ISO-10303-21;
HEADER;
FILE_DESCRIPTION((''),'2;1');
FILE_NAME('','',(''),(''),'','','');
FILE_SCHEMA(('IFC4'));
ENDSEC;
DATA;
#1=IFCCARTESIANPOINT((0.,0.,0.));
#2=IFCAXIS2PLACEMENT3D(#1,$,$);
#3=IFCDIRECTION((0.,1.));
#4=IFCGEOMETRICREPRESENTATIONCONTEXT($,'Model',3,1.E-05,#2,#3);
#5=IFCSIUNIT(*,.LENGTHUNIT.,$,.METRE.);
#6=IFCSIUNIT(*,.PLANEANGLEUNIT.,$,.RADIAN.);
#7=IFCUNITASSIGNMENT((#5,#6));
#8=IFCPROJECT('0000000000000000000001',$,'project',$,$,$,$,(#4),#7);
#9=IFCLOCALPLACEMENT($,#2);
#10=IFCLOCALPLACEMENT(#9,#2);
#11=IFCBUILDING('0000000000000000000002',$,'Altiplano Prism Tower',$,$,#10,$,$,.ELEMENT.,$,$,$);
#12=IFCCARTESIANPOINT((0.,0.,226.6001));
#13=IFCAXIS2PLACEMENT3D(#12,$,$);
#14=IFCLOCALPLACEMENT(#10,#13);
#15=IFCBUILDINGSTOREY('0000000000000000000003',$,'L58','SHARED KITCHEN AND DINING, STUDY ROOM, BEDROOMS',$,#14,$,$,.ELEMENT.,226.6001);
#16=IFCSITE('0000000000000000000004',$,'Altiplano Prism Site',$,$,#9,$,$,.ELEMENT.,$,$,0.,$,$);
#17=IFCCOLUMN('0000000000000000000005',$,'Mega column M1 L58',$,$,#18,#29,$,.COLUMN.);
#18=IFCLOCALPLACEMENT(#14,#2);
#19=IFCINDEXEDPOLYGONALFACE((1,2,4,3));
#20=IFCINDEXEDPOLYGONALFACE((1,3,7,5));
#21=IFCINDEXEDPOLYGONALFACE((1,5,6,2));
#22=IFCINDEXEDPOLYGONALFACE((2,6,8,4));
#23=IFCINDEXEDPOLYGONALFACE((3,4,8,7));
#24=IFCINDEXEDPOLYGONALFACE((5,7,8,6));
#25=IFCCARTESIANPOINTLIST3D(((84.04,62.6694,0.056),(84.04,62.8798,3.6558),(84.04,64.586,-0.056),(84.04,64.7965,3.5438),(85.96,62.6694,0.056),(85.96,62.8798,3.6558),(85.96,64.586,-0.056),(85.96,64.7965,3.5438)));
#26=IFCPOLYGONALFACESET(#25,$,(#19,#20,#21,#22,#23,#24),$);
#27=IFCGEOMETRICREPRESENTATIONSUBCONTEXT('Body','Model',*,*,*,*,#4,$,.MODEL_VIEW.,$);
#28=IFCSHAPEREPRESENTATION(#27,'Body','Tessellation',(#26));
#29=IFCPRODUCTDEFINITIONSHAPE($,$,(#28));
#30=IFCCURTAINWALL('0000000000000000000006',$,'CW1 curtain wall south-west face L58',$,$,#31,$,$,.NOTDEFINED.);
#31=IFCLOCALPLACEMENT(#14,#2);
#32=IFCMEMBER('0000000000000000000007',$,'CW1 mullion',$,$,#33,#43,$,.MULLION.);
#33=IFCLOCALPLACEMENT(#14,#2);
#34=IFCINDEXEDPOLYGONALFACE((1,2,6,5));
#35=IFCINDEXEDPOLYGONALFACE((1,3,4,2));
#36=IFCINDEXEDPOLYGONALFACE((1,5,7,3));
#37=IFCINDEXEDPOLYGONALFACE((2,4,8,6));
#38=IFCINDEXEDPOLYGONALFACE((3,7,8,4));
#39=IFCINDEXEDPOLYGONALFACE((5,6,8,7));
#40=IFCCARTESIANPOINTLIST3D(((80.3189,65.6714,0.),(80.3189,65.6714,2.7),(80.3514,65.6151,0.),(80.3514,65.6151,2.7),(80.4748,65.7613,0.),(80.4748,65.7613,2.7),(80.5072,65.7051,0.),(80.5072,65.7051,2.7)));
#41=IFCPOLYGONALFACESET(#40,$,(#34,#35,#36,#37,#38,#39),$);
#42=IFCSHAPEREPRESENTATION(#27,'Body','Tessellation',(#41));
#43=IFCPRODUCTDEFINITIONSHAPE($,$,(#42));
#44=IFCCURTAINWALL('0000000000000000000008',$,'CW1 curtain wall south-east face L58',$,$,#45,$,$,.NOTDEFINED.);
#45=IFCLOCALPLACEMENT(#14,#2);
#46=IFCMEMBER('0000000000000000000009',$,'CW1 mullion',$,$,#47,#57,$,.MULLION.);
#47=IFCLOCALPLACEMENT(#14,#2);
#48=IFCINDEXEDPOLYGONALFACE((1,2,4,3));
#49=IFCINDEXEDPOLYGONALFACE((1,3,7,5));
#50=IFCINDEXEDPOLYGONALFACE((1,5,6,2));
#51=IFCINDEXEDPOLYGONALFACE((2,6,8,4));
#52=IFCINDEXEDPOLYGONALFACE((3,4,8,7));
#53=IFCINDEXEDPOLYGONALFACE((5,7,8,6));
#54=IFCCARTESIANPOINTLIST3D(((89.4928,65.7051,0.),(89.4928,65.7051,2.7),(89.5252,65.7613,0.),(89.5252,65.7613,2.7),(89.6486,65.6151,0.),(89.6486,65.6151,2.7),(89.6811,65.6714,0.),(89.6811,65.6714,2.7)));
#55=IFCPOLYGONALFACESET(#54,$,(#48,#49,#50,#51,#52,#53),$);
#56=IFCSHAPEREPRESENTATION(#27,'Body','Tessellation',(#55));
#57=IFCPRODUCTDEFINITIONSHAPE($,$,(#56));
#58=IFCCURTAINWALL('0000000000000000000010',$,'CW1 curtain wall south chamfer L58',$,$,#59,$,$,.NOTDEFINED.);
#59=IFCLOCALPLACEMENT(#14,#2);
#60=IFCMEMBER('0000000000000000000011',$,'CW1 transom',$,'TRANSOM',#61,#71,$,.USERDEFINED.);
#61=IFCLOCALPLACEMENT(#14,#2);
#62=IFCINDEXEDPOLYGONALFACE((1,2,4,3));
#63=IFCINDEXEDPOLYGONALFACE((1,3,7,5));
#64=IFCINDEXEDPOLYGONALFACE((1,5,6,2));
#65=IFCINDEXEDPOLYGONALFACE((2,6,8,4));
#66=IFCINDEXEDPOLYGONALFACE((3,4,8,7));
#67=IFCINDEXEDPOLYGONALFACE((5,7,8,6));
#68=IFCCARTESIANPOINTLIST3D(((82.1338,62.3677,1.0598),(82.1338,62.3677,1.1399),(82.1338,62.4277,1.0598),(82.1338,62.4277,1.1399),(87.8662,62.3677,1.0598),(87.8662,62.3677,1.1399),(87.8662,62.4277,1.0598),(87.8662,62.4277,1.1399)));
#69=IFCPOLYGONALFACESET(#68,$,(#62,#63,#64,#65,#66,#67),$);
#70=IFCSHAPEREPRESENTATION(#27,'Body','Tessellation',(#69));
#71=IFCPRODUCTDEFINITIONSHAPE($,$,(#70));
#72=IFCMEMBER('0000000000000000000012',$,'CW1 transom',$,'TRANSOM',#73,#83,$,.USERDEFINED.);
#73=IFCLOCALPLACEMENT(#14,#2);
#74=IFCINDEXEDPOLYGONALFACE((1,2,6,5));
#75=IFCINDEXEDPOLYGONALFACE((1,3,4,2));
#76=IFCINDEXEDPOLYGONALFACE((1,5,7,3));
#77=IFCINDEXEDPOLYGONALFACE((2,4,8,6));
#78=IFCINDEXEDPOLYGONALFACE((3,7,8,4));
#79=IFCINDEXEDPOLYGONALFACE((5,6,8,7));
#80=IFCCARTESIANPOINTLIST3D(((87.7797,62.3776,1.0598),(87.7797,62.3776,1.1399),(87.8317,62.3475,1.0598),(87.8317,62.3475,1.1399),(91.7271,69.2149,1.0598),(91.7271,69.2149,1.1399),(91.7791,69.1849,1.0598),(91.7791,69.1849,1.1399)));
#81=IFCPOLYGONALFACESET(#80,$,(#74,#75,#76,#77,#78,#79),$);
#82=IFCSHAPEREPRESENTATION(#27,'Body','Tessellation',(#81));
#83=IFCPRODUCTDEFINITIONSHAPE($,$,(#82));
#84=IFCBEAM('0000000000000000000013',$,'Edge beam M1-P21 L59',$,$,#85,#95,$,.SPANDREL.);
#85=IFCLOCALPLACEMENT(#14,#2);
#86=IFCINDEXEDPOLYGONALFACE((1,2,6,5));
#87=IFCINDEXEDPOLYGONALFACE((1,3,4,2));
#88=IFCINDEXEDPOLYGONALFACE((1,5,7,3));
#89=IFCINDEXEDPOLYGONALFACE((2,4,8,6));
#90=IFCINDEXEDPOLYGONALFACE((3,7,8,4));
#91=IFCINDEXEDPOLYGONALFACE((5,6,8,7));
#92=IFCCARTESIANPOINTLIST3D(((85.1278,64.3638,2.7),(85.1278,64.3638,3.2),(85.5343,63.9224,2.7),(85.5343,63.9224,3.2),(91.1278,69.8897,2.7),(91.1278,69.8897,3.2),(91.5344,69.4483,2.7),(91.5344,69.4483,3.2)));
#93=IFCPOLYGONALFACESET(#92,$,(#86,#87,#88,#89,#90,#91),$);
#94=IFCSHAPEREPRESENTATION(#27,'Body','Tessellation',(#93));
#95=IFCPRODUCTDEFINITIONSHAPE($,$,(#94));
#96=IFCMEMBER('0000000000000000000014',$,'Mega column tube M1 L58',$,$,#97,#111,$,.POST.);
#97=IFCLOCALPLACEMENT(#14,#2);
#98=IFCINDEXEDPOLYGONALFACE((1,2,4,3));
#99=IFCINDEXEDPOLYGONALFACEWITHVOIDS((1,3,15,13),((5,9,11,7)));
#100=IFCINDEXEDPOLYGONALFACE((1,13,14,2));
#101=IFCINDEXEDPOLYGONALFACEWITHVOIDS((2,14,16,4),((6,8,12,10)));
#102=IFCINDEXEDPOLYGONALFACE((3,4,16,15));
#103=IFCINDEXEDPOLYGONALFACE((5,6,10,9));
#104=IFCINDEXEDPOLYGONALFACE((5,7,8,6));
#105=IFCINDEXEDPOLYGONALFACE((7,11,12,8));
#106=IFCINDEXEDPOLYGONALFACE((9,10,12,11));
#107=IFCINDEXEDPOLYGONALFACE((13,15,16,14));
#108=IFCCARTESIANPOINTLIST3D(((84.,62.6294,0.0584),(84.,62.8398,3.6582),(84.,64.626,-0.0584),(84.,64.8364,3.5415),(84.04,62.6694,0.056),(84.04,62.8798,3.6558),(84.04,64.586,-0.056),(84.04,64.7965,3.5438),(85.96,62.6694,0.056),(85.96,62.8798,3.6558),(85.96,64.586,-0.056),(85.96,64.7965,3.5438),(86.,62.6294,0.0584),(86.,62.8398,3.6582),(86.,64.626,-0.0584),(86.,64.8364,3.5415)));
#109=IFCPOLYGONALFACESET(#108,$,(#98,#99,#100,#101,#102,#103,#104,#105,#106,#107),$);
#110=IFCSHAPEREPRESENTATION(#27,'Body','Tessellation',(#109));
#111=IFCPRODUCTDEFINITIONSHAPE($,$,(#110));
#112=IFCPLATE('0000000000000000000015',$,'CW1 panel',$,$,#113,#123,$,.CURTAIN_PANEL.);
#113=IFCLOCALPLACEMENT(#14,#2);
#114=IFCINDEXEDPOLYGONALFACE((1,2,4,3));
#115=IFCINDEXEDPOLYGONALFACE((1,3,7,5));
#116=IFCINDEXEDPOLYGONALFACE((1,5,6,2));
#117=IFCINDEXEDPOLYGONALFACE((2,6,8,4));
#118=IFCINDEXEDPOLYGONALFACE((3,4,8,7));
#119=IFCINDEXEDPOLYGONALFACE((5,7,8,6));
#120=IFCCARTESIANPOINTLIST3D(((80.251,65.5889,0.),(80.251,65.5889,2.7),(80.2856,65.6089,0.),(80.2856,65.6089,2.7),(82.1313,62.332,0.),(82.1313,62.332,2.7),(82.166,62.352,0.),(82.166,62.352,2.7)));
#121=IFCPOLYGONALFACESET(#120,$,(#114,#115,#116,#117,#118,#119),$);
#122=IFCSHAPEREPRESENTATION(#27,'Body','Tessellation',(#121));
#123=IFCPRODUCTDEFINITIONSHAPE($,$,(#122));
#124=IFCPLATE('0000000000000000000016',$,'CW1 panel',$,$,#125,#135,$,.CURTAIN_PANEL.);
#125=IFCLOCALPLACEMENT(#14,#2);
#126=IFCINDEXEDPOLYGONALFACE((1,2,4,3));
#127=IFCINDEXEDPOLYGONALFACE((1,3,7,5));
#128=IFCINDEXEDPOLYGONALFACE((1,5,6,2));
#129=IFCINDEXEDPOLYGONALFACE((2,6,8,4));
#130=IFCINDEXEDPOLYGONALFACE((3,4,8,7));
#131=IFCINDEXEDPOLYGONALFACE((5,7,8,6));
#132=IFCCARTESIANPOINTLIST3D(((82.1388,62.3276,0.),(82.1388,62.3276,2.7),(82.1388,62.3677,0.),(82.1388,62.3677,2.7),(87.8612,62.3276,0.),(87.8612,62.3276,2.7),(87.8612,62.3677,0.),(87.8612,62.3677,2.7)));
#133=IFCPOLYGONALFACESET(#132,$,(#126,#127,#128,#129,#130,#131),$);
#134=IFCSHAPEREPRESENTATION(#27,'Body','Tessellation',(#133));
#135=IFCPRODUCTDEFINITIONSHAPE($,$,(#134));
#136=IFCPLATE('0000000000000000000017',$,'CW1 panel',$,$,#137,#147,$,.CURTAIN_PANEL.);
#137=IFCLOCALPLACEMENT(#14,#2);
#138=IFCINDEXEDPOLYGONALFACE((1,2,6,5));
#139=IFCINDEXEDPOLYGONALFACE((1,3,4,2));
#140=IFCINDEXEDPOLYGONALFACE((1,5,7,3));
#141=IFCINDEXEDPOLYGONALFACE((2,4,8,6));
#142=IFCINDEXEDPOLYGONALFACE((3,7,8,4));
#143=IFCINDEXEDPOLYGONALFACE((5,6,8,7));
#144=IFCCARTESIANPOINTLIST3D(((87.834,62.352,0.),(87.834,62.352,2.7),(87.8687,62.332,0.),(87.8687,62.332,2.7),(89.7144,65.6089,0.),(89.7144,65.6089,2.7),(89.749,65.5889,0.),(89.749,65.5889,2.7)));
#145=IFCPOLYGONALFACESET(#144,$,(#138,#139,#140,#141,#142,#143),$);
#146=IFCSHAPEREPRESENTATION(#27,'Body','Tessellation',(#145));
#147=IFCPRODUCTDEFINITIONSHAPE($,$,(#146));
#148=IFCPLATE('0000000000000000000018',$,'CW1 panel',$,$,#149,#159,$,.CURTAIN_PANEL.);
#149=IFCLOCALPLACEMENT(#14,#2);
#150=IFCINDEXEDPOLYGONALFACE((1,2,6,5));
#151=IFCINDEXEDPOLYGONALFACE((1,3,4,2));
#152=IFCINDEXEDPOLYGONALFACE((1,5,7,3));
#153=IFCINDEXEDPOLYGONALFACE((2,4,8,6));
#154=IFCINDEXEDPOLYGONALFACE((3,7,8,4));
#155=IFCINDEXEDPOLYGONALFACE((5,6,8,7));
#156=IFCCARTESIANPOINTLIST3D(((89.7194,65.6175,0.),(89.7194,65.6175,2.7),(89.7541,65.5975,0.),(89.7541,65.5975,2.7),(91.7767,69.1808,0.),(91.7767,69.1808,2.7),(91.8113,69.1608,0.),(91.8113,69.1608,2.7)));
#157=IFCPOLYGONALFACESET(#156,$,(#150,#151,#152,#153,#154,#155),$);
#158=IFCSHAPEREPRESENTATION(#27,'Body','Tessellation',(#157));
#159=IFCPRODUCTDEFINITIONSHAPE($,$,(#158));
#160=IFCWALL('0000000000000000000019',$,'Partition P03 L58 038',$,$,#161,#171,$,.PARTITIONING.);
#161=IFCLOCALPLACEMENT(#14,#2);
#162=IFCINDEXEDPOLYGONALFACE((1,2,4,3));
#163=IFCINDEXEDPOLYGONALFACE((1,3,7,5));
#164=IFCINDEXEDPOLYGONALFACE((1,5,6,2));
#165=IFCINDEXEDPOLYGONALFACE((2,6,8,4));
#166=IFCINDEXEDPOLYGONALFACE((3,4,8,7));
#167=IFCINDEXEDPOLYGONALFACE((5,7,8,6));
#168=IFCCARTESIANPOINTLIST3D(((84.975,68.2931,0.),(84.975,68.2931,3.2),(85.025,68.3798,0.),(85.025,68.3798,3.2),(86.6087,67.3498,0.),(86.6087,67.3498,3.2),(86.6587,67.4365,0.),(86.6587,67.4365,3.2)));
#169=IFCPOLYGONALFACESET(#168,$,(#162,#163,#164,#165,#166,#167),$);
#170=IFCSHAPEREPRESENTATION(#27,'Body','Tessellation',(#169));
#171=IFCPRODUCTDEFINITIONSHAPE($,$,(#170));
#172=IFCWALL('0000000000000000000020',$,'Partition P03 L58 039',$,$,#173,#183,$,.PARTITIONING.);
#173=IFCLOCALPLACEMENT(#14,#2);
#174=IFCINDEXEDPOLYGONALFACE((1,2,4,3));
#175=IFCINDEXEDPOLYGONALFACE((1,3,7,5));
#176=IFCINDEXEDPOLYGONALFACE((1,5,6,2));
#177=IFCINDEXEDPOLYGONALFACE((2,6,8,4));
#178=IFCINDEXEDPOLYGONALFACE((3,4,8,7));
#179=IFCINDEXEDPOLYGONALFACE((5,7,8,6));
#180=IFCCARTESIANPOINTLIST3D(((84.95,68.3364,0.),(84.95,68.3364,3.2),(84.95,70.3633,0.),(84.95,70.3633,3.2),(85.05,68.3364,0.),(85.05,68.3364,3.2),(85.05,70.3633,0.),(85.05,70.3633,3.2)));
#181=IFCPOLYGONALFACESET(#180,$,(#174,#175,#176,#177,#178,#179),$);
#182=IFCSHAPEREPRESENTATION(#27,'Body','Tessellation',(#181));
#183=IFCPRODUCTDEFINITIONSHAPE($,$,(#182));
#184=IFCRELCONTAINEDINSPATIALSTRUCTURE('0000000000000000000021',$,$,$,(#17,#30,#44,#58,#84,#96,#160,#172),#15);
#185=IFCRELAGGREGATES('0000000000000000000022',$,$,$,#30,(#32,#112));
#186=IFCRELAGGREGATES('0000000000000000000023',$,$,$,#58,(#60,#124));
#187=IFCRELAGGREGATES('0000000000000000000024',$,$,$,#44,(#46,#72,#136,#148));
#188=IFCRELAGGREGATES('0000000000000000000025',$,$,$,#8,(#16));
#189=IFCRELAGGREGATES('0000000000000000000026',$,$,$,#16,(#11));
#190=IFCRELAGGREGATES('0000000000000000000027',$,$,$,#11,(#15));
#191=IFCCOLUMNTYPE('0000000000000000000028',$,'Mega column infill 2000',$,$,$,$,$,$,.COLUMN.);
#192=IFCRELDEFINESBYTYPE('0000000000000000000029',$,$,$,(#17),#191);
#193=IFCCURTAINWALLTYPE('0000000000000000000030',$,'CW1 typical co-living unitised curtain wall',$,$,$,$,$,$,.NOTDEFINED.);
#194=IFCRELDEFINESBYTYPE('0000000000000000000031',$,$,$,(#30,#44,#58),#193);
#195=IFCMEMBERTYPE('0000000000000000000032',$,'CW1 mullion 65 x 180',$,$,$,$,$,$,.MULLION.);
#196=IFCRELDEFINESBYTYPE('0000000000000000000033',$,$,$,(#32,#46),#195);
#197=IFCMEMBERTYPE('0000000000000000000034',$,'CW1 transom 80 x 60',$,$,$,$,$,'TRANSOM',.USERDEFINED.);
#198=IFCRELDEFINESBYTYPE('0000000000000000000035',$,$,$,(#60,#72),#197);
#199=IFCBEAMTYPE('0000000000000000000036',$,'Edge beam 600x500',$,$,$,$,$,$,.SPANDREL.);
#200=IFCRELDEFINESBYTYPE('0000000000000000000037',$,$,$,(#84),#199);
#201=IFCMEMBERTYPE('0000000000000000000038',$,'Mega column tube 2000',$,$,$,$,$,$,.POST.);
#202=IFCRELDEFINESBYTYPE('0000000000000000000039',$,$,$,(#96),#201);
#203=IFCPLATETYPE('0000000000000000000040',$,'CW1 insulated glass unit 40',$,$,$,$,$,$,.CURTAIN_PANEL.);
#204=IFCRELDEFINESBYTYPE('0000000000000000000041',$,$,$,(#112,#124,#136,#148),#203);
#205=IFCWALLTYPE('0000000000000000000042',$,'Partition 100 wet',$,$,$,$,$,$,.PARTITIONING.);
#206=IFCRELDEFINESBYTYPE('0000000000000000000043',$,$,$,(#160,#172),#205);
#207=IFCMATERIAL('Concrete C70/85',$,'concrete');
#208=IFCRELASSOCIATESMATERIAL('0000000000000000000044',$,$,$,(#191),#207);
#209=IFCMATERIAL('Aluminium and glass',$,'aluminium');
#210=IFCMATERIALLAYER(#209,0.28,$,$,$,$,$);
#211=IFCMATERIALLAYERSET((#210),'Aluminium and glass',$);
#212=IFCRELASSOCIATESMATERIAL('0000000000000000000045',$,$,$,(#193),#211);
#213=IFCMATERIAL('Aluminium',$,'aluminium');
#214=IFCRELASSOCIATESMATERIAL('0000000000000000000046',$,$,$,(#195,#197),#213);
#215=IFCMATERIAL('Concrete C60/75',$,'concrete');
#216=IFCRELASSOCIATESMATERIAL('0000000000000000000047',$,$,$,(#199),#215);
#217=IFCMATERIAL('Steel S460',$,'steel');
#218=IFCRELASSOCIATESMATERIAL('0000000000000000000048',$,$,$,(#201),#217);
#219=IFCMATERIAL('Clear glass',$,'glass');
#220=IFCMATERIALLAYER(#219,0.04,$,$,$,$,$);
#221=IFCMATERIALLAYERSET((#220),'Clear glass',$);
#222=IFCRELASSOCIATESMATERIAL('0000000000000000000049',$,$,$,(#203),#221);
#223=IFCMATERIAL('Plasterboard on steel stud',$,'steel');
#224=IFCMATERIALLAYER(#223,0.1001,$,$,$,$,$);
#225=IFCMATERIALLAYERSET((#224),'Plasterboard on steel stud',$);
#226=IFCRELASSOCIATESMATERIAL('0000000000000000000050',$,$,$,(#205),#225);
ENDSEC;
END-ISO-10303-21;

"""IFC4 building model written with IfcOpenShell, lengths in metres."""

from ifc_helpers import new_model, si_unit, direction, frame, frame_2d, origin, origin_2d, place, context, subcontext, project, spatial, rectangle, hollow_rectangle, extrude, material, layer, layer_set, material_profile, profile_set, type_object, element, aggregate, save


model = new_model("IFC4")

# Units and contexts
model_context = context("Model", 3, precision=1e-05, world=origin(), true_north=direction((0.0, 1.0)))
body_context = subcontext(model_context, "Body", "Model", "MODEL_VIEW")
ifc_project = project(units=[si_unit("LENGTHUNIT", "METRE"), si_unit("PLANEANGLEUNIT", "RADIAN")], contexts=[model_context])

# Site, building, storey
site_placement = place(None, origin())
site = spatial("IfcSite", under=ifc_project, at=site_placement, Name="Altiplano Prism Site", CompositionType="ELEMENT", RefElevation=0.0)
building_placement = place(site_placement, origin())
building = spatial("IfcBuilding", under=site, at=building_placement, Name="Altiplano Prism Tower", CompositionType="ELEMENT")
storey_placement = place(building_placement, frame((0.0, 0.0, 226.6001)))
storey = spatial("IfcBuildingStorey", under=building, at=storey_placement, Name="L58", Description="SHARED KITCHEN AND DINING, STUDY ROOM, BEDROOMS", CompositionType="ELEMENT", Elevation=226.6001)

# Column
ifc_material_1 = material(Name="Concrete C70/85", Category="concrete")
ifc_material_profile_1 = material_profile(ifc_material_1, rectangle(XDim=1.9199, YDim=1.9199, at=origin_2d()), Name="Mega column infill 2000")
ifc_profile_set_1 = profile_set([ifc_material_profile_1], Name="Concrete C70/85")
column_type = type_object("IfcColumnType", Name="Mega column infill 2000", PredefinedType="COLUMN", material=ifc_profile_set_1)
column_placement = place(storey_placement, frame((85.0, 63.6277, 0.0), z_axis=(0.0, 0.058361, 0.998296), x_axis=(-1.0, 0.0, 0.0)))
element("IfcColumn", 1, at=column_placement, inside=storey, type_object=column_type, Name="Mega column M1 L58", PredefinedType="COLUMN", context=body_context, shape_type="SweptSolid", body=[
    extrude(rectangle(XDim=1.9199, YDim=1.9199, at=origin_2d()), origin(), (0.0, 0.0, 1.0), 3.606),
])

# Curtain walls, members
ifc_material_2 = material(Name="Aluminium and glass", Category="aluminium")
ifc_layer_1 = layer(ifc_material_2, 0.28)
ifc_layer_set_1 = layer_set([ifc_layer_1], Name="Aluminium and glass")
curtain_wall_type = type_object("IfcCurtainWallType", Name="CW1 typical co-living unitised curtain wall", PredefinedType="NOTDEFINED", material=ifc_layer_set_1)
curtain_wall_1_placement = place(storey_placement, origin())
curtain_wall_1 = element("IfcCurtainWall", 2, at=curtain_wall_1_placement, inside=storey, type_object=curtain_wall_type, Name="CW1 curtain wall south-west face L58", PredefinedType="NOTDEFINED")
ifc_material_3 = material(Name="Aluminium", Category="aluminium")
ifc_material_profile_2 = material_profile(ifc_material_3, rectangle(XDim=0.1799, YDim=0.0649, at=origin_2d()), Name="CW1 mullion 65 x 180")
ifc_profile_set_2 = profile_set([ifc_material_profile_2], Name="Aluminium")
member_type_1 = type_object("IfcMemberType", Name="CW1 mullion 65 x 180", PredefinedType="MULLION", material=ifc_profile_set_2)
member_1_placement = place(storey_placement, frame((80.4131, 65.6882, 0.0), z_axis=(0.0, 0.0, 1.0), x_axis=(0.866025, 0.5, 0.0)))
member_1 = element("IfcMember", 3, at=member_1_placement, type_object=member_type_1, Name="CW1 mullion", PredefinedType="MULLION", context=body_context, shape_type="SweptSolid", body=[
    extrude(rectangle(XDim=0.1799, YDim=0.0649, at=origin_2d()), origin(), (0.0, 0.0, 1.0), 2.7),
])
curtain_wall_2_placement = place(storey_placement, origin())
curtain_wall_2 = element("IfcCurtainWall", 4, at=curtain_wall_2_placement, inside=storey, type_object=curtain_wall_type, Name="CW1 curtain wall south-east face L58", PredefinedType="NOTDEFINED")
member_2_placement = place(storey_placement, frame((89.5869, 65.6882, 0.0), z_axis=(0.0, 0.0, 1.0), x_axis=(-0.866025, 0.5, 0.0)))
member_2 = element("IfcMember", 5, at=member_2_placement, type_object=member_type_1, Name="CW1 mullion", PredefinedType="MULLION", context=body_context, shape_type="SweptSolid", body=[
    extrude(rectangle(XDim=0.1799, YDim=0.0649, at=origin_2d()), origin(), (0.0, 0.0, 1.0), 2.7),
])
curtain_wall_3_placement = place(storey_placement, origin())
curtain_wall_3 = element("IfcCurtainWall", 6, at=curtain_wall_3_placement, inside=storey, type_object=curtain_wall_type, Name="CW1 curtain wall south chamfer L58", PredefinedType="NOTDEFINED")
ifc_material_profile_3 = material_profile(ifc_material_3, rectangle(XDim=0.0601, YDim=0.0801, at=origin_2d()), Name="CW1 transom 80 x 60")
ifc_profile_set_3 = profile_set([ifc_material_profile_3], Name="Aluminium")
member_type_2 = type_object("IfcMemberType", Name="CW1 transom 80 x 60", ElementType="TRANSOM", PredefinedType="USERDEFINED", material=ifc_profile_set_3)
member_3_placement = place(storey_placement, frame((82.1338, 62.3977, 1.0999), z_axis=(1.0, 0.0, 0.0), x_axis=(0.0, 1.0, 0.0)))
member_3 = element("IfcMember", 7, at=member_3_placement, type_object=member_type_2, Name="CW1 transom", ObjectType="TRANSOM", PredefinedType="USERDEFINED", context=body_context, shape_type="SweptSolid", body=[
    extrude(rectangle(XDim=0.0601, YDim=0.0801, at=origin_2d()), origin(), (0.0, 0.0, 1.0), 5.7324),
])

# Member
member_4_placement = place(storey_placement, frame((87.8057, 62.3625, 1.0999), z_axis=(0.499994, 0.866029, 0.0), x_axis=(-0.866029, 0.499994, 0.0)))
member_4 = element("IfcMember", 8, at=member_4_placement, type_object=member_type_2, Name="CW1 transom", ObjectType="TRANSOM", PredefinedType="USERDEFINED", context=body_context, shape_type="SweptSolid", body=[
    extrude(rectangle(XDim=0.0601, YDim=0.0801, at=origin_2d()), origin(), (0.0, 0.0, 1.0), 7.895),
])

# Beam
ifc_material_4 = material(Name="Concrete C60/75", Category="concrete")
ifc_material_profile_4 = material_profile(ifc_material_4, rectangle(XDim=0.6001, YDim=0.5, at=origin_2d()), Name="Edge beam 600x500")
ifc_profile_set_4 = profile_set([ifc_material_profile_4], Name="Concrete C60/75")
beam_type = type_object("IfcBeamType", Name="Edge beam 600x500", PredefinedType="SPANDREL", material=ifc_profile_set_4)
beam_placement = place(storey_placement, frame((85.3311, 64.1431, 2.95), z_axis=(0.735572, 0.677447, 0.0), x_axis=(-0.677447, 0.735572, 0.0)))
element("IfcBeam", 9, at=beam_placement, inside=storey, type_object=beam_type, Name="Edge beam M1-P21 L59", PredefinedType="SPANDREL", context=body_context, shape_type="SweptSolid", body=[
    extrude(rectangle(XDim=0.6001, YDim=0.5, at=origin_2d()), origin(), (0.0, 0.0, 1.0), 8.157),
])

# Member
ifc_material_5 = material(Name="Steel S460", Category="steel")
ifc_material_profile_5 = material_profile(ifc_material_5, hollow_rectangle(XDim=2.0, YDim=2.0, WallThickness=0.04, at=origin_2d()), Name="Mega column tube 2000")
ifc_profile_set_5 = profile_set([ifc_material_profile_5], Name="Steel S460")
member_type_3 = type_object("IfcMemberType", Name="Mega column tube 2000", PredefinedType="POST", material=ifc_profile_set_5)
member_5_placement = place(storey_placement, frame((85.0, 63.6277, 0.0), z_axis=(0.0, 0.058361, 0.998296), x_axis=(-1.0, 0.0, 0.0)))
element("IfcMember", 10, at=member_5_placement, inside=storey, type_object=member_type_3, Name="Mega column tube M1 L58", PredefinedType="POST", context=body_context, shape_type="SweptSolid", body=[
    extrude(hollow_rectangle(XDim=2.0, YDim=2.0, WallThickness=0.04, at=origin_2d()), origin(), (0.0, 0.0, 1.0), 3.606),
])

# Plates
ifc_material_6 = material(Name="Clear glass", Category="glass")
ifc_layer_2 = layer(ifc_material_6, 0.04)
ifc_layer_set_2 = layer_set([ifc_layer_2], Name="Clear glass")
plate_type = type_object("IfcPlateType", Name="CW1 insulated glass unit 40", PredefinedType="CURTAIN_PANEL", material=ifc_layer_set_2)
plate_1_placement = place(storey_placement, frame((81.2085, 63.9705, 0.0), z_axis=(0.0, 0.0, 1.0), x_axis=(0.5, -0.866025, 0.0)))
plate_1 = element("IfcPlate", 11, at=plate_1_placement, type_object=plate_type, Name="CW1 panel", PredefinedType="CURTAIN_PANEL", context=body_context, shape_type="SweptSolid", body=[
    extrude(rectangle(XDim=3.7607, YDim=0.04, at=origin_2d()), origin(), (0.0, 0.0, 1.0), 2.7),
])
aggregate(curtain_wall_1, [member_1, plate_1])
plate_2_placement = place(storey_placement, frame((85.0, 62.3477, 0.0), z_axis=(0.0, 0.0, 1.0), x_axis=(1.0, 0.0, 0.0)))
plate_2 = element("IfcPlate", 12, at=plate_2_placement, type_object=plate_type, Name="CW1 panel", PredefinedType="CURTAIN_PANEL", context=body_context, shape_type="SweptSolid", body=[
    extrude(rectangle(XDim=5.7224, YDim=0.04, at=origin_2d()), origin(), (0.0, 0.0, 1.0), 2.7),
])
aggregate(curtain_wall_3, [member_3, plate_2])
plate_3_placement = place(storey_placement, frame((88.7915, 63.9705, 0.0), z_axis=(0.0, 0.0, 1.0), x_axis=(0.5, 0.866025, 0.0)))
plate_3 = element("IfcPlate", 13, at=plate_3_placement, type_object=plate_type, Name="CW1 panel", PredefinedType="CURTAIN_PANEL", context=body_context, shape_type="SweptSolid", body=[
    extrude(rectangle(XDim=3.7607, YDim=0.04, at=origin_2d()), origin(), (0.0, 0.0, 1.0), 2.7),
])
plate_4_placement = place(storey_placement, frame((90.7654, 67.3892, 0.0), z_axis=(0.0, 0.0, 1.0), x_axis=(0.5, 0.866025, 0.0)))
plate_4 = element("IfcPlate", 14, at=plate_4_placement, type_object=plate_type, Name="CW1 panel", PredefinedType="CURTAIN_PANEL", context=body_context, shape_type="SweptSolid", body=[
    extrude(rectangle(XDim=4.1145, YDim=0.04, at=origin_2d()), origin(), (0.0, 0.0, 1.0), 2.7),
])
aggregate(curtain_wall_2, [member_2, member_4, plate_3, plate_4])

# Walls
ifc_material_7 = material(Name="Plasterboard on steel stud", Category="steel")
ifc_layer_3 = layer(ifc_material_7, 0.1001)
ifc_layer_set_3 = layer_set([ifc_layer_3], Name="Plasterboard on steel stud")
wall_type_1 = type_object("IfcWallType", Name="Partition 100 wet", PredefinedType="PARTITIONING", material=ifc_layer_set_3)
wall_1_placement = place(storey_placement, frame((86.6338, 67.3931, 0.0), z_axis=(0.0, 0.0, 1.0), x_axis=(-0.866005, 0.500036, 0.0)))
element("IfcWall", 15, at=wall_1_placement, inside=storey, type_object=wall_type_1, Name="Partition P03 L58 038", PredefinedType="PARTITIONING", context=body_context, shape_type="SweptSolid", body=[
    extrude(rectangle(XDim=1.8865, YDim=0.1001, at=frame_2d((0.9434, 0.0))), origin(), (0.0, 0.0, 1.0), 3.2),
])
wall_2_placement = place(storey_placement, frame((85.0, 68.3364, 0.0), z_axis=(0.0, 0.0, 1.0), x_axis=(0.0, 1.0, 0.0)))
element("IfcWall", 16, at=wall_2_placement, inside=storey, type_object=wall_type_1, Name="Partition P03 L58 039", PredefinedType="PARTITIONING", context=body_context, shape_type="SweptSolid", body=[
    extrude(rectangle(XDim=2.0269, YDim=0.1001, at=frame_2d((1.0134, 0.0))), origin(), (0.0, 0.0, 1.0), 3.2),
])

save(model, "model.ifc")
